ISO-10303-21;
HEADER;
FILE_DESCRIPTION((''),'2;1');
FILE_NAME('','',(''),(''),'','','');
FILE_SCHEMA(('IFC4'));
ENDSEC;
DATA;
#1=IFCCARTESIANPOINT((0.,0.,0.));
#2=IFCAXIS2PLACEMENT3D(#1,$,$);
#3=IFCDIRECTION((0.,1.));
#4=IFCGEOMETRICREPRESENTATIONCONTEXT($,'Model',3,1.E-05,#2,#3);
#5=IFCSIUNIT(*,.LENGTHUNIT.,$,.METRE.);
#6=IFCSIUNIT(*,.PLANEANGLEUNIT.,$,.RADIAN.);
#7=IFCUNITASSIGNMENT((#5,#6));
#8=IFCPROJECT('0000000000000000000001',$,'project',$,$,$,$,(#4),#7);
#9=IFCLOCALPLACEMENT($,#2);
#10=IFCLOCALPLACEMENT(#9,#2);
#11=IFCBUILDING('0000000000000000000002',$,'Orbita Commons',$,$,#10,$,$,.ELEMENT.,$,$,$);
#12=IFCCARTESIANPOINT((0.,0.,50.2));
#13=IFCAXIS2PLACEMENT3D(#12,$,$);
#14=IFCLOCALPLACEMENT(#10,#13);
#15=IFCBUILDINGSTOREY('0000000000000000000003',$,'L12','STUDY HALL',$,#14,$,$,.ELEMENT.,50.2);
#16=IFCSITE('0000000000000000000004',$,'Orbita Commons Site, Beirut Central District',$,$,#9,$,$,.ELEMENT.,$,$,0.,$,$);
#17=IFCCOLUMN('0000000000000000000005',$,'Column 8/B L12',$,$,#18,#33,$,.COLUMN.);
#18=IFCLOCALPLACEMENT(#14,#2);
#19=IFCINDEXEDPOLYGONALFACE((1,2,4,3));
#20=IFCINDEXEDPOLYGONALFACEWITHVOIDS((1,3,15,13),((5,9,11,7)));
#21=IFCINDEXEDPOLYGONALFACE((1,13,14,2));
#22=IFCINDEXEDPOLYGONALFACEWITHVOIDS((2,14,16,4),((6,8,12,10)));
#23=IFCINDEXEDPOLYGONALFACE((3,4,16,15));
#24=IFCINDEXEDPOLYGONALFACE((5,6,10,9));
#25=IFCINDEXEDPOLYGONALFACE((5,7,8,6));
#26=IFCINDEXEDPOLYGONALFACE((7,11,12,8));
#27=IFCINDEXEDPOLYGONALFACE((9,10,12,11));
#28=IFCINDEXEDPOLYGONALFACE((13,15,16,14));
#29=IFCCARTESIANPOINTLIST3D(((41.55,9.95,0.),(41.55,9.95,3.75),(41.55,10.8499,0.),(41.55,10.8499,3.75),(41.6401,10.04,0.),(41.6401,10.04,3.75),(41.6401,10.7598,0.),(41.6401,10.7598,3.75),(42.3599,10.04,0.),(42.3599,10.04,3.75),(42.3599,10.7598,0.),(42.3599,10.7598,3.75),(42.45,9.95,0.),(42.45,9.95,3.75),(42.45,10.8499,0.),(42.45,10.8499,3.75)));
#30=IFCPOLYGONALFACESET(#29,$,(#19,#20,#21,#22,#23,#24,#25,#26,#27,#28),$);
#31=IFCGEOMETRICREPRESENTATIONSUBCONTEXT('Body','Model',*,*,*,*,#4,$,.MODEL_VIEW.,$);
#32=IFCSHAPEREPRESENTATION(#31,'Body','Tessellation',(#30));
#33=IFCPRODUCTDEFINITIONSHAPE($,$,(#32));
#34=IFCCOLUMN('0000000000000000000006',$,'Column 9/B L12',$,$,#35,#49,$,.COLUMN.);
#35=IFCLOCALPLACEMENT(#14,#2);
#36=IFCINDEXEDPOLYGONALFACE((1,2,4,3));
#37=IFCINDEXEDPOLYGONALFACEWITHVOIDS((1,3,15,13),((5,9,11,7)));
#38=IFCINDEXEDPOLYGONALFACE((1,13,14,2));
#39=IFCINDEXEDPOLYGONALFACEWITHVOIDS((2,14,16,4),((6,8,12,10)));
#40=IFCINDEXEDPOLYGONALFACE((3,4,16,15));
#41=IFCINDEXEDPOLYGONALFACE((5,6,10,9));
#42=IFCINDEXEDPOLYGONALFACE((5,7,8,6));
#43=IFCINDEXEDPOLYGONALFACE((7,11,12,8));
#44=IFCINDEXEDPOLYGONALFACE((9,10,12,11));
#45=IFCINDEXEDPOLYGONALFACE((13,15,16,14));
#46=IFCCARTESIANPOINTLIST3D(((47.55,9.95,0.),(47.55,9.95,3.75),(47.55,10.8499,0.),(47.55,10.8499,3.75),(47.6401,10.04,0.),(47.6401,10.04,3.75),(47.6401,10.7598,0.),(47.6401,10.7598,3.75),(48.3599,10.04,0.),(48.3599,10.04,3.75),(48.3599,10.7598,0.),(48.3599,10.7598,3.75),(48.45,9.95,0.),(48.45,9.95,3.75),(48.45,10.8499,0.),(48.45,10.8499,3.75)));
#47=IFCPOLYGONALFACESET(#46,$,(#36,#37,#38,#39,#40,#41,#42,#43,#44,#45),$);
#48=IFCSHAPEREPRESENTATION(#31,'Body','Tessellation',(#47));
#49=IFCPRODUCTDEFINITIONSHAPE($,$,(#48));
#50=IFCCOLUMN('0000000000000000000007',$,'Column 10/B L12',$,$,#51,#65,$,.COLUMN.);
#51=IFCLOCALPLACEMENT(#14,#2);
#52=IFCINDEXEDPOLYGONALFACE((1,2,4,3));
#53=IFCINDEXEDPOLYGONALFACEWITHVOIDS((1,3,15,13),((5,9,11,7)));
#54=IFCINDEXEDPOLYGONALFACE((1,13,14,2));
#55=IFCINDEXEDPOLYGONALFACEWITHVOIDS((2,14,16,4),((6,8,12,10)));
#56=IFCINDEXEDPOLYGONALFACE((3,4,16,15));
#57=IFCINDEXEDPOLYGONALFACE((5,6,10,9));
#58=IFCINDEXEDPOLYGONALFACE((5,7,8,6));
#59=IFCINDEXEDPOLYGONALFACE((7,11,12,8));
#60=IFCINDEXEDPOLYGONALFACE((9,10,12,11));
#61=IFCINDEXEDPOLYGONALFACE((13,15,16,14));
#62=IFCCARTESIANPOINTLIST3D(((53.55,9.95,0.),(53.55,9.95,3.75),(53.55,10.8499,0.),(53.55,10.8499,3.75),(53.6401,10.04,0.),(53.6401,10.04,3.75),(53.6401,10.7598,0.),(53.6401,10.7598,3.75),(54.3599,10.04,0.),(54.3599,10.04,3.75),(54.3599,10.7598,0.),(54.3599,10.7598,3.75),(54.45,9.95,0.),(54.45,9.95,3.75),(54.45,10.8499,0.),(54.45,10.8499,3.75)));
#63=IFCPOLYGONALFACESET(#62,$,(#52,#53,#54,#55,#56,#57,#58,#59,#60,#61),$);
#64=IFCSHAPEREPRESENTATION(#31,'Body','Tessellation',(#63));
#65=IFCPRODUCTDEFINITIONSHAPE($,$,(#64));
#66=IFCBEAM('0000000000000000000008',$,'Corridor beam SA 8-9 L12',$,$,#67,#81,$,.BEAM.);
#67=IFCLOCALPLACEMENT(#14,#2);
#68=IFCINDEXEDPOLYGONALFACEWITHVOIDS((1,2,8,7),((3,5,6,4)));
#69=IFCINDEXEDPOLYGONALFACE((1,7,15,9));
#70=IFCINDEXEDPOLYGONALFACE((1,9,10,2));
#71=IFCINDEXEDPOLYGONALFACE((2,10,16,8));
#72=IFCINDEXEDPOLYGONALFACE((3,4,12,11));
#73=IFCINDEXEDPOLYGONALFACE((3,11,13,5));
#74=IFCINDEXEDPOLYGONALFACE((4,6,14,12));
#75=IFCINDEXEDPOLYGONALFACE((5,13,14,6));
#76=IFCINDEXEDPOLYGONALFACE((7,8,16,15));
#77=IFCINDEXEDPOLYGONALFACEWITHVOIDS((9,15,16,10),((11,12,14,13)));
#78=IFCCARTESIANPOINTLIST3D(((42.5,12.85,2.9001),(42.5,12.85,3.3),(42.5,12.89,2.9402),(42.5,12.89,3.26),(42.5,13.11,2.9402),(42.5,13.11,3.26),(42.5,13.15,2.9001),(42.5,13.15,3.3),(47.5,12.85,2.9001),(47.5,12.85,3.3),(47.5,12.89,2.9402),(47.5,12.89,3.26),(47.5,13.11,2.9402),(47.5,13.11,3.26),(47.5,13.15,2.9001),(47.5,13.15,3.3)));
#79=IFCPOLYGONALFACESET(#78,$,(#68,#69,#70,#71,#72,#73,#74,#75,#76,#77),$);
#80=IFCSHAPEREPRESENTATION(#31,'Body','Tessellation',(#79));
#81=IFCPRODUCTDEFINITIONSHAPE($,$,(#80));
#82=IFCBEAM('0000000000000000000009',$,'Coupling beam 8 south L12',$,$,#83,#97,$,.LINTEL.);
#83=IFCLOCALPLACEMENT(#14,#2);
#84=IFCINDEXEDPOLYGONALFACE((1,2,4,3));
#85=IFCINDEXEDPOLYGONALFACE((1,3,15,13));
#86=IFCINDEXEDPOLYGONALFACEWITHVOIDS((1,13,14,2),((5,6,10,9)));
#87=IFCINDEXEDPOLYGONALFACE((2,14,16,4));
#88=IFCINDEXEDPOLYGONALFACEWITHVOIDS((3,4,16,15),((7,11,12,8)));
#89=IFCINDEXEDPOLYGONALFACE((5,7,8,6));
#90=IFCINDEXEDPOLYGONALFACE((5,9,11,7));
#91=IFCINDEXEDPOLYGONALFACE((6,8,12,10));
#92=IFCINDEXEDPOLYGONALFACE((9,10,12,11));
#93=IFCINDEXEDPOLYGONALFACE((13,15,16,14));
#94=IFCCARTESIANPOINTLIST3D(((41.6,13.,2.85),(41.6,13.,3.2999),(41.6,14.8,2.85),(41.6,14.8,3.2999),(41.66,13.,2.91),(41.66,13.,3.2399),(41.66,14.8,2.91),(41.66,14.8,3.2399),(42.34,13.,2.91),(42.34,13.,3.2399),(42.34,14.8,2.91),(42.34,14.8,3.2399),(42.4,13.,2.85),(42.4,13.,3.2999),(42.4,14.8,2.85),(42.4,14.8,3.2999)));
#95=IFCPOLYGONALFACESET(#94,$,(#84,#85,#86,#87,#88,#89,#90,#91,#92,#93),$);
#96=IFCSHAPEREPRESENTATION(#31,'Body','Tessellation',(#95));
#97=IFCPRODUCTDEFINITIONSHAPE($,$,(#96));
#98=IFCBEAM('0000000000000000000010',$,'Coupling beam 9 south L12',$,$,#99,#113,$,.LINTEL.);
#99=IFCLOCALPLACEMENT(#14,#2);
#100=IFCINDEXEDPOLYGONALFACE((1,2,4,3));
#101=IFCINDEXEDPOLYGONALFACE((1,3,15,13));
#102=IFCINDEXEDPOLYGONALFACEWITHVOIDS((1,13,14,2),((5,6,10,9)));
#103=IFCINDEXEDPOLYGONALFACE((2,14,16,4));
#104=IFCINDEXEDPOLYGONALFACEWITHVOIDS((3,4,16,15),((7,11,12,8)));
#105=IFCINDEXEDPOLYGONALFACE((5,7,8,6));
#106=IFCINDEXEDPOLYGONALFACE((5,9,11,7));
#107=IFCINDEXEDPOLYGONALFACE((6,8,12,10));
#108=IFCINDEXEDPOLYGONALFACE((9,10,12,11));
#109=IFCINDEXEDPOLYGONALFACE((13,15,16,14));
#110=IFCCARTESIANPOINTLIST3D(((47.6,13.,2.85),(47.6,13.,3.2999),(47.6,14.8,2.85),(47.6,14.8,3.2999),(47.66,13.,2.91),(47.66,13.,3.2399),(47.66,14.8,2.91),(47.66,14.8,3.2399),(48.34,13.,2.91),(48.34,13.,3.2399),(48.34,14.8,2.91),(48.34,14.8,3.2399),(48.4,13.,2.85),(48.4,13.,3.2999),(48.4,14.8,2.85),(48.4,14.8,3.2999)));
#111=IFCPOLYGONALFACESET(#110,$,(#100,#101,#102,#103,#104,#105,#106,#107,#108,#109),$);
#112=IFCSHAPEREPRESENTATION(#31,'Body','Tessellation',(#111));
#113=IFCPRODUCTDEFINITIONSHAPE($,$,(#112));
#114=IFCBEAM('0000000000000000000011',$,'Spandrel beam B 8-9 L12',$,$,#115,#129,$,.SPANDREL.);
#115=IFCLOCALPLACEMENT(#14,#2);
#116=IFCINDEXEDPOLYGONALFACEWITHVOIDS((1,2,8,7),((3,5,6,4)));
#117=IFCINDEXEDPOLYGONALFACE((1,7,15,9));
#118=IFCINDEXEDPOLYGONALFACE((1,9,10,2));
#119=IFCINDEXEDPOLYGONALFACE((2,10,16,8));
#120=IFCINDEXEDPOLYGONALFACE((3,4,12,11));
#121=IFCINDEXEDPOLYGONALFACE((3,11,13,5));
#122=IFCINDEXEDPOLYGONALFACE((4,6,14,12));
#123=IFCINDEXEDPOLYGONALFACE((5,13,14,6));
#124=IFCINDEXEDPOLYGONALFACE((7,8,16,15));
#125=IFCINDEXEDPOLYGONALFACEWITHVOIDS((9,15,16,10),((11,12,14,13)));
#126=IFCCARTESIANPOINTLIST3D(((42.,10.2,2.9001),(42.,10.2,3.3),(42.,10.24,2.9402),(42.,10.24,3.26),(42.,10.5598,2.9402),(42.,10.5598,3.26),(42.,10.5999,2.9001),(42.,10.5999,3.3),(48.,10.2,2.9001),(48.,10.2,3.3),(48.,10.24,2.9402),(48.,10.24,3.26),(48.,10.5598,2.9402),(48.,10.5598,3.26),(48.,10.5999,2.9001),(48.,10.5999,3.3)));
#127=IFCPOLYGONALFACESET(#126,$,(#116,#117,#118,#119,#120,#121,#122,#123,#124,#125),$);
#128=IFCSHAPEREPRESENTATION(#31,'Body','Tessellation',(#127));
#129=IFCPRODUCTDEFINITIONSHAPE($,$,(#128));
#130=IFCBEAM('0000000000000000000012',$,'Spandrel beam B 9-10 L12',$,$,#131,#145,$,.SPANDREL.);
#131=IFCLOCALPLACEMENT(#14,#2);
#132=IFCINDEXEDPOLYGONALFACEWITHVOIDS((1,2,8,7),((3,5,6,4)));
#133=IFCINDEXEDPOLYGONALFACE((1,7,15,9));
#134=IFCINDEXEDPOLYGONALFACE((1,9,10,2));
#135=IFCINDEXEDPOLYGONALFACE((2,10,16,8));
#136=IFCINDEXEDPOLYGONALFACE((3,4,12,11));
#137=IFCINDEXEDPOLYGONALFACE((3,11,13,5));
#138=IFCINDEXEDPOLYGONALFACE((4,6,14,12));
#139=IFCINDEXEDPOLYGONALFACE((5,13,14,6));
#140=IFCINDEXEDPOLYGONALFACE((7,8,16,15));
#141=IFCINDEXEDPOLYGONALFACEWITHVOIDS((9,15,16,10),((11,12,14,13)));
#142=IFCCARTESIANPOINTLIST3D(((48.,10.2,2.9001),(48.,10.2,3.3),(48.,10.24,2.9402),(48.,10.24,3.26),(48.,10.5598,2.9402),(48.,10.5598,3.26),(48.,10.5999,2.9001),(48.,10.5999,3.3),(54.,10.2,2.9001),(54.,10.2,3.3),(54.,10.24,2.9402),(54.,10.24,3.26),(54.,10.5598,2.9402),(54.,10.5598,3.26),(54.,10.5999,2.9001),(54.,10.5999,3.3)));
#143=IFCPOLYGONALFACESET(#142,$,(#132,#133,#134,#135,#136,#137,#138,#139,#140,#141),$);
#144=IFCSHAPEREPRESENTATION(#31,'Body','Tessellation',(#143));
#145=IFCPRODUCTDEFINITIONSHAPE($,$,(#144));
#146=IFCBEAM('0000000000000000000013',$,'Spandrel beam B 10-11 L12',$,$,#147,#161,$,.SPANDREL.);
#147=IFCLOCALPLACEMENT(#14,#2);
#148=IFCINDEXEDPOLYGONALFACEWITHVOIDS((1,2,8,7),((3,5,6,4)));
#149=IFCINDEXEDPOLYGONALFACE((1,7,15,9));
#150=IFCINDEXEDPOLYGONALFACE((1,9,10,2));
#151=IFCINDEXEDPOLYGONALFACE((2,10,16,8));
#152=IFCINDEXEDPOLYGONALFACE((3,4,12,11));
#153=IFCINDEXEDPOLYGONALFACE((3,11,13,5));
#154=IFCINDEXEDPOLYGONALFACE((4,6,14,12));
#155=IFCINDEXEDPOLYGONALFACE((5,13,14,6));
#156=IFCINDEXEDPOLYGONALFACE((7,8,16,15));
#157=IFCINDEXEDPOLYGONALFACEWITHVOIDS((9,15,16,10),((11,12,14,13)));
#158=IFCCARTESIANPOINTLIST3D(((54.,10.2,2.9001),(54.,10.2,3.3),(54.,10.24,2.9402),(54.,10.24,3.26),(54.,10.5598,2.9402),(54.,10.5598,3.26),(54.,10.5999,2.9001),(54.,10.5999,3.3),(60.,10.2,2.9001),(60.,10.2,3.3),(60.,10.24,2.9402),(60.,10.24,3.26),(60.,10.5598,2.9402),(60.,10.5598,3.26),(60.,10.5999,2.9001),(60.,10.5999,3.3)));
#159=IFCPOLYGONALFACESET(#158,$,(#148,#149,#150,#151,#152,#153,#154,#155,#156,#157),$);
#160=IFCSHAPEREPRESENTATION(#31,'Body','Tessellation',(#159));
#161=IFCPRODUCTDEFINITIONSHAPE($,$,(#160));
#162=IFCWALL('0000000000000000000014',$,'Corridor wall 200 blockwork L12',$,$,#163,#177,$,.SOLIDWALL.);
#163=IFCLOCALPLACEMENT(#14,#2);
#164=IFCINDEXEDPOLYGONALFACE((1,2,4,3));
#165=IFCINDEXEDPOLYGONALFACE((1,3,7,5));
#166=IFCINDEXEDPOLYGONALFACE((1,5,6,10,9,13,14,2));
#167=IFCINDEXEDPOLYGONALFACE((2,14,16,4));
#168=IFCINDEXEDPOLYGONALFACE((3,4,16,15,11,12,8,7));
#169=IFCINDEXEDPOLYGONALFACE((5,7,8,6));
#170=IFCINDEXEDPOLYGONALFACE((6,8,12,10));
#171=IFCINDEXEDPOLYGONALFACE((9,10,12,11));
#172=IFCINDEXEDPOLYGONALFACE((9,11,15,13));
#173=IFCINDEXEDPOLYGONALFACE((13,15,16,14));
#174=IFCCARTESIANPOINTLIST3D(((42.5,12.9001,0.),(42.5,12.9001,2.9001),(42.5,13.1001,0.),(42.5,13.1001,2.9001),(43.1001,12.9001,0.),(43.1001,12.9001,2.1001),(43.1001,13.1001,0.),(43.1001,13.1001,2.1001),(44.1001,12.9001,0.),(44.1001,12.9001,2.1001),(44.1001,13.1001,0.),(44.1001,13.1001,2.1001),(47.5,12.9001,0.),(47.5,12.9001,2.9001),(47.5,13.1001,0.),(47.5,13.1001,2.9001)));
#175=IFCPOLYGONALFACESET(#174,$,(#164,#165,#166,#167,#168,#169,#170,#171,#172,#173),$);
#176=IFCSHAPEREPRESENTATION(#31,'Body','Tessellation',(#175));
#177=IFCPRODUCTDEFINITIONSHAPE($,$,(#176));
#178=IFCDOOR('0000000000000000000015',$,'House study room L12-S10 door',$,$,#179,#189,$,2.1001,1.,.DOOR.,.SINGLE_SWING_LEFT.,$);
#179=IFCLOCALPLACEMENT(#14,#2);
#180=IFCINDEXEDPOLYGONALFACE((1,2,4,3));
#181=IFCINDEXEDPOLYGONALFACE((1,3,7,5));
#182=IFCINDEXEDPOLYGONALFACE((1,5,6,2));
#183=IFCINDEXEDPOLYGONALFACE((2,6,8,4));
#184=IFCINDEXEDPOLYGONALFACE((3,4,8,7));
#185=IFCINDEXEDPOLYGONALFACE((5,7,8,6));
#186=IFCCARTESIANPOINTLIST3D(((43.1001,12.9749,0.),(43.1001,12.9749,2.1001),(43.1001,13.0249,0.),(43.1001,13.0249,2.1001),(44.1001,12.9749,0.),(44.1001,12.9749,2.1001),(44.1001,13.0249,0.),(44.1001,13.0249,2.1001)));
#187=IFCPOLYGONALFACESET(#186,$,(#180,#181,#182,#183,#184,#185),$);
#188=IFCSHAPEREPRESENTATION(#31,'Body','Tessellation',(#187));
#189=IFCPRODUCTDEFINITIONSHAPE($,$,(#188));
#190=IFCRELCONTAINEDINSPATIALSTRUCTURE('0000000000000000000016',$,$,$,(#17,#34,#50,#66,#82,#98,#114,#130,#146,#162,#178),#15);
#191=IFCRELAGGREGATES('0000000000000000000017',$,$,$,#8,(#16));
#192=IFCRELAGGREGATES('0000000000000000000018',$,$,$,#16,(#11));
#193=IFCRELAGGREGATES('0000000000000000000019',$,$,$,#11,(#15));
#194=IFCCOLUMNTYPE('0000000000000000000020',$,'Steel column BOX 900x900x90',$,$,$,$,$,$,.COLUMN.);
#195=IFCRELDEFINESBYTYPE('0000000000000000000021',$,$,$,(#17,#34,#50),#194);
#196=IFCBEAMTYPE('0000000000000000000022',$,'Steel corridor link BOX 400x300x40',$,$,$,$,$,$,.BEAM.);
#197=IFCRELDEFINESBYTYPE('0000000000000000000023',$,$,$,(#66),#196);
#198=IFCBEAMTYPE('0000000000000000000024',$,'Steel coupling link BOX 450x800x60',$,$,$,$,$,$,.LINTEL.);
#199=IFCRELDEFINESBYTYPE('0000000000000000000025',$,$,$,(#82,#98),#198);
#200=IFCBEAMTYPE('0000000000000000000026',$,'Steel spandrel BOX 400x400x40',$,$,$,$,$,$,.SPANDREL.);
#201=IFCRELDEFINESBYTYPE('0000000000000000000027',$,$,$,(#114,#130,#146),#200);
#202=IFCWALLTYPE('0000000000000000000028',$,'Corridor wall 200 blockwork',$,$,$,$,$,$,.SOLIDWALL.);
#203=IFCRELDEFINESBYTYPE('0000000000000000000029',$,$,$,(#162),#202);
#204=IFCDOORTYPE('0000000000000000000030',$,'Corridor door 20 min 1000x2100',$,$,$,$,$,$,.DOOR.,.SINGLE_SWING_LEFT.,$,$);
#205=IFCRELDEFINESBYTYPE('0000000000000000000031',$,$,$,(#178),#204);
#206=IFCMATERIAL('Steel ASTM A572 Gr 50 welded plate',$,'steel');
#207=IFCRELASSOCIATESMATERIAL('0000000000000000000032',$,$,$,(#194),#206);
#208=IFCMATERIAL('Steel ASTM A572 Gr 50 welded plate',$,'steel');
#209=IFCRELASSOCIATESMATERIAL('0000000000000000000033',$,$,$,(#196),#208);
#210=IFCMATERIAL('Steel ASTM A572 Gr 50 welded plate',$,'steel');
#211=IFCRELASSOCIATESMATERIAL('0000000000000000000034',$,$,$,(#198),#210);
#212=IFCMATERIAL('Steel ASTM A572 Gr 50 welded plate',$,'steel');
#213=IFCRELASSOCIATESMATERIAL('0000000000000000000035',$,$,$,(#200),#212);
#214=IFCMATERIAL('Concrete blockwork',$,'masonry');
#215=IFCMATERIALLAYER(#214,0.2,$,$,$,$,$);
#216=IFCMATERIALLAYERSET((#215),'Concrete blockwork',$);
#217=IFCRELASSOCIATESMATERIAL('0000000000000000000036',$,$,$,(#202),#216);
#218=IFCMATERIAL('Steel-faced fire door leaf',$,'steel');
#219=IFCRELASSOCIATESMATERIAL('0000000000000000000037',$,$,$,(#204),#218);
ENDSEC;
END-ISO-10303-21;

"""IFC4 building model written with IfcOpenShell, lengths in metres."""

from ifc_helpers import new_model, si_unit, direction, frame, frame_2d, origin, origin_2d, place, context, subcontext, project, spatial, polyline, rectangle, hollow_rectangle, outline, extrude, material, layer, layer_set, material_profile, profile_set, type_object, element, fill, save


model = new_model("IFC4")

# Units and contexts
model_context = context("Model", 3, precision=1e-05, world=origin(), true_north=direction((0.0, 1.0)))
body_context = subcontext(model_context, "Body", "Model", "MODEL_VIEW")
ifc_project = project(units=[si_unit("LENGTHUNIT", "METRE"), si_unit("PLANEANGLEUNIT", "RADIAN")], contexts=[model_context])

# Site, building, storey
site_placement = place(None, origin())
site = spatial("IfcSite", under=ifc_project, at=site_placement, Name="Orbita Commons Site, Beirut Central District", CompositionType="ELEMENT", RefElevation=0.0)
building_placement = place(site_placement, origin())
building = spatial("IfcBuilding", under=site, at=building_placement, Name="Orbita Commons", CompositionType="ELEMENT")
storey_placement = place(building_placement, frame((0.0, 0.0, 50.2)))
storey = spatial("IfcBuildingStorey", under=building, at=storey_placement, Name="L12", Description="STUDY HALL", CompositionType="ELEMENT", Elevation=50.2)

# Columns
ifc_material_1 = material(Name="Steel ASTM A572 Gr 50 welded plate", Category="steel")
ifc_material_profile_1 = material_profile(ifc_material_1, hollow_rectangle(XDim=0.8999, YDim=0.8999, WallThickness=0.0901, at=origin_2d()), Name="BOX 900x900x90")
ifc_profile_set_1 = profile_set([ifc_material_profile_1], Name="Steel ASTM A572 Gr 50 welded plate")
column_type = type_object("IfcColumnType", Name="Steel column BOX 900x900x90", PredefinedType="COLUMN", material=ifc_profile_set_1)
for number, where, z_axis, x_axis, name in (
    (1, (42.0, 10.3999, 0.0), (0.0, 0.0, 1.0), (1.0, 0.0, 0.0), "Column 8/B L12"),
    (2, (48.0, 10.3999, 0.0), (0.0, 0.0, 1.0), (1.0, 0.0, 0.0), "Column 9/B L12"),
    (3, (54.0, 10.3999, 0.0), (0.0, 0.0, 1.0), (1.0, 0.0, 0.0), "Column 10/B L12"),
):
    element("IfcColumn", number, at=place(storey_placement, frame(where, z_axis=z_axis, x_axis=x_axis)), inside=storey, type_object=column_type, Name=name, PredefinedType="COLUMN", context=body_context, shape_type="SweptSolid", body=[
        extrude(hollow_rectangle(XDim=0.8999, YDim=0.8999, WallThickness=0.0901, at=origin_2d()), origin(), (0.0, 0.0, 1.0), 3.75),
    ])

# Beams
ifc_material_2 = material(Name="Steel ASTM A572 Gr 50 welded plate", Category="steel")
ifc_material_profile_2 = material_profile(ifc_material_2, hollow_rectangle(XDim=0.3, YDim=0.3999, WallThickness=0.04, at=origin_2d()), Name="BOX 400x300x40")
ifc_profile_set_2 = profile_set([ifc_material_profile_2], Name="Steel ASTM A572 Gr 50 welded plate")
beam_type_1 = type_object("IfcBeamType", Name="Steel corridor link BOX 400x300x40", PredefinedType="BEAM", material=ifc_profile_set_2)
beam_placement = place(storey_placement, frame((42.5, 13.0, 3.1001), z_axis=(1.0, 0.0, 0.0), x_axis=(0.0, 1.0, 0.0)))
element("IfcBeam", 4, at=beam_placement, inside=storey, type_object=beam_type_1, Name="Corridor beam SA 8-9 L12", PredefinedType="BEAM", context=body_context, shape_type="SweptSolid", body=[
    extrude(hollow_rectangle(XDim=0.3, YDim=0.3999, WallThickness=0.04, at=origin_2d()), origin(), (0.0, 0.0, 1.0), 5.0),
])
ifc_material_3 = material(Name="Steel ASTM A572 Gr 50 welded plate", Category="steel")
ifc_material_profile_3 = material_profile(ifc_material_3, hollow_rectangle(XDim=0.8, YDim=0.45, WallThickness=0.0601, at=origin_2d()), Name="BOX 450x800x60")
ifc_profile_set_3 = profile_set([ifc_material_profile_3], Name="Steel ASTM A572 Gr 50 welded plate")
beam_type_2 = type_object("IfcBeamType", Name="Steel coupling link BOX 450x800x60", PredefinedType="LINTEL", material=ifc_profile_set_3)
for number, where, z_axis, x_axis, name in (
    (5, (42.0, 13.0, 3.075), (0.0, 1.0, 0.0), (-1.0, 0.0, 0.0), "Coupling beam 8 south L12"),
    (6, (48.0, 13.0, 3.075), (0.0, 1.0, 0.0), (-1.0, 0.0, 0.0), "Coupling beam 9 south L12"),
):
    element("IfcBeam", number, at=place(storey_placement, frame(where, z_axis=z_axis, x_axis=x_axis)), inside=storey, type_object=beam_type_2, Name=name, PredefinedType="LINTEL", context=body_context, shape_type="SweptSolid", body=[
        extrude(hollow_rectangle(XDim=0.8, YDim=0.45, WallThickness=0.0601, at=origin_2d()), origin(), (0.0, 0.0, 1.0), 1.8),
    ])
ifc_material_4 = material(Name="Steel ASTM A572 Gr 50 welded plate", Category="steel")
ifc_material_profile_4 = material_profile(ifc_material_4, hollow_rectangle(XDim=0.3999, YDim=0.3999, WallThickness=0.04, at=origin_2d()), Name="BOX 400x400x40")
ifc_profile_set_4 = profile_set([ifc_material_profile_4], Name="Steel ASTM A572 Gr 50 welded plate")
beam_type_3 = type_object("IfcBeamType", Name="Steel spandrel BOX 400x400x40", PredefinedType="SPANDREL", material=ifc_profile_set_4)
for number, where, z_axis, x_axis, name in (
    (7, (42.0, 10.3999, 3.1001), (1.0, 0.0, 0.0), (0.0, 1.0, 0.0), "Spandrel beam B 8-9 L12"),
    (8, (48.0, 10.3999, 3.1001), (1.0, 0.0, 0.0), (0.0, 1.0, 0.0), "Spandrel beam B 9-10 L12"),
    (9, (54.0, 10.3999, 3.1001), (1.0, 0.0, 0.0), (0.0, 1.0, 0.0), "Spandrel beam B 10-11 L12"),
):
    element("IfcBeam", number, at=place(storey_placement, frame(where, z_axis=z_axis, x_axis=x_axis)), inside=storey, type_object=beam_type_3, Name=name, PredefinedType="SPANDREL", context=body_context, shape_type="SweptSolid", body=[
        extrude(hollow_rectangle(XDim=0.3999, YDim=0.3999, WallThickness=0.04, at=origin_2d()), origin(), (0.0, 0.0, 1.0), 6.0),
    ])

# Wall, opening, door
ifc_material_5 = material(Name="Concrete blockwork", Category="masonry")
ifc_layer_1 = layer(ifc_material_5, 0.2)
ifc_layer_set_1 = layer_set([ifc_layer_1], Name="Concrete blockwork")
wall_type_1 = type_object("IfcWallType", Name="Corridor wall 200 blockwork", PredefinedType="SOLIDWALL", material=ifc_layer_set_1)
wall_1_placement = place(storey_placement, frame((42.5, 13.0, 0.0), z_axis=(0.0, 0.0, 1.0), x_axis=(1.0, 0.0, 0.0)))
wall_1 = element("IfcWall", 10, at=wall_1_placement, inside=storey, type_object=wall_type_1, Name="Corridor wall 200 blockwork L12", PredefinedType="SOLIDWALL", context=body_context, shape_type="SweptSolid", body=[
    extrude(outline(polyline([(0.0, 0.0), (5.0, 0.0), (5.0, 2.9001), (0.0, 2.9001), (0.0, 0.0)])), frame((0.0, 0.1001, 0.0), z_axis=(0.0, -1.0, 0.0), x_axis=(1.0, 0.0, 0.0)), (0.0, 0.0, 1.0), 0.2),
])
opening_1_placement = place(wall_1_placement, frame((0.6001, 0.0, 0.0)))
opening_1 = element("IfcOpeningElement", 11, at=opening_1_placement, cuts=wall_1, PredefinedType="OPENING", context=body_context, shape_type="SweptSolid", body=[
    extrude(rectangle(XDim=1.0, YDim=2.1001, at=frame_2d((0.5, 1.05))), frame((0.0, 0.1099, 0.0), z_axis=(0.0, -1.0, 0.0), x_axis=(1.0, 0.0, 0.0)), (0.0, 0.0, 1.0), 0.22),
])
ifc_material_6 = material(Name="Steel-faced fire door leaf", Category="steel")
door_type_1 = type_object("IfcDoorType", Name="Corridor door 20 min 1000x2100", OperationType="SINGLE_SWING_LEFT", PredefinedType="DOOR", material=ifc_material_6)
door_1_placement = place(opening_1_placement, origin())
door_1 = element("IfcDoor", 12, at=door_1_placement, inside=storey, type_object=door_type_1, Name="House study room L12-S10 door", OperationType="SINGLE_SWING_LEFT", OverallHeight=2.1001, OverallWidth=1.0, PredefinedType="DOOR", context=body_context, shape_type="SweptSolid", body=[
    extrude(rectangle(XDim=1.0, YDim=2.1001, at=frame_2d((0.5, 1.05))), frame((0.0, 0.0249, 0.0), z_axis=(0.0, -1.0, 0.0), x_axis=(1.0, 0.0, 0.0)), (0.0, 0.0, 1.0), 0.05),
])
fill(opening_1, door_1)

save(model, "model.ifc")
